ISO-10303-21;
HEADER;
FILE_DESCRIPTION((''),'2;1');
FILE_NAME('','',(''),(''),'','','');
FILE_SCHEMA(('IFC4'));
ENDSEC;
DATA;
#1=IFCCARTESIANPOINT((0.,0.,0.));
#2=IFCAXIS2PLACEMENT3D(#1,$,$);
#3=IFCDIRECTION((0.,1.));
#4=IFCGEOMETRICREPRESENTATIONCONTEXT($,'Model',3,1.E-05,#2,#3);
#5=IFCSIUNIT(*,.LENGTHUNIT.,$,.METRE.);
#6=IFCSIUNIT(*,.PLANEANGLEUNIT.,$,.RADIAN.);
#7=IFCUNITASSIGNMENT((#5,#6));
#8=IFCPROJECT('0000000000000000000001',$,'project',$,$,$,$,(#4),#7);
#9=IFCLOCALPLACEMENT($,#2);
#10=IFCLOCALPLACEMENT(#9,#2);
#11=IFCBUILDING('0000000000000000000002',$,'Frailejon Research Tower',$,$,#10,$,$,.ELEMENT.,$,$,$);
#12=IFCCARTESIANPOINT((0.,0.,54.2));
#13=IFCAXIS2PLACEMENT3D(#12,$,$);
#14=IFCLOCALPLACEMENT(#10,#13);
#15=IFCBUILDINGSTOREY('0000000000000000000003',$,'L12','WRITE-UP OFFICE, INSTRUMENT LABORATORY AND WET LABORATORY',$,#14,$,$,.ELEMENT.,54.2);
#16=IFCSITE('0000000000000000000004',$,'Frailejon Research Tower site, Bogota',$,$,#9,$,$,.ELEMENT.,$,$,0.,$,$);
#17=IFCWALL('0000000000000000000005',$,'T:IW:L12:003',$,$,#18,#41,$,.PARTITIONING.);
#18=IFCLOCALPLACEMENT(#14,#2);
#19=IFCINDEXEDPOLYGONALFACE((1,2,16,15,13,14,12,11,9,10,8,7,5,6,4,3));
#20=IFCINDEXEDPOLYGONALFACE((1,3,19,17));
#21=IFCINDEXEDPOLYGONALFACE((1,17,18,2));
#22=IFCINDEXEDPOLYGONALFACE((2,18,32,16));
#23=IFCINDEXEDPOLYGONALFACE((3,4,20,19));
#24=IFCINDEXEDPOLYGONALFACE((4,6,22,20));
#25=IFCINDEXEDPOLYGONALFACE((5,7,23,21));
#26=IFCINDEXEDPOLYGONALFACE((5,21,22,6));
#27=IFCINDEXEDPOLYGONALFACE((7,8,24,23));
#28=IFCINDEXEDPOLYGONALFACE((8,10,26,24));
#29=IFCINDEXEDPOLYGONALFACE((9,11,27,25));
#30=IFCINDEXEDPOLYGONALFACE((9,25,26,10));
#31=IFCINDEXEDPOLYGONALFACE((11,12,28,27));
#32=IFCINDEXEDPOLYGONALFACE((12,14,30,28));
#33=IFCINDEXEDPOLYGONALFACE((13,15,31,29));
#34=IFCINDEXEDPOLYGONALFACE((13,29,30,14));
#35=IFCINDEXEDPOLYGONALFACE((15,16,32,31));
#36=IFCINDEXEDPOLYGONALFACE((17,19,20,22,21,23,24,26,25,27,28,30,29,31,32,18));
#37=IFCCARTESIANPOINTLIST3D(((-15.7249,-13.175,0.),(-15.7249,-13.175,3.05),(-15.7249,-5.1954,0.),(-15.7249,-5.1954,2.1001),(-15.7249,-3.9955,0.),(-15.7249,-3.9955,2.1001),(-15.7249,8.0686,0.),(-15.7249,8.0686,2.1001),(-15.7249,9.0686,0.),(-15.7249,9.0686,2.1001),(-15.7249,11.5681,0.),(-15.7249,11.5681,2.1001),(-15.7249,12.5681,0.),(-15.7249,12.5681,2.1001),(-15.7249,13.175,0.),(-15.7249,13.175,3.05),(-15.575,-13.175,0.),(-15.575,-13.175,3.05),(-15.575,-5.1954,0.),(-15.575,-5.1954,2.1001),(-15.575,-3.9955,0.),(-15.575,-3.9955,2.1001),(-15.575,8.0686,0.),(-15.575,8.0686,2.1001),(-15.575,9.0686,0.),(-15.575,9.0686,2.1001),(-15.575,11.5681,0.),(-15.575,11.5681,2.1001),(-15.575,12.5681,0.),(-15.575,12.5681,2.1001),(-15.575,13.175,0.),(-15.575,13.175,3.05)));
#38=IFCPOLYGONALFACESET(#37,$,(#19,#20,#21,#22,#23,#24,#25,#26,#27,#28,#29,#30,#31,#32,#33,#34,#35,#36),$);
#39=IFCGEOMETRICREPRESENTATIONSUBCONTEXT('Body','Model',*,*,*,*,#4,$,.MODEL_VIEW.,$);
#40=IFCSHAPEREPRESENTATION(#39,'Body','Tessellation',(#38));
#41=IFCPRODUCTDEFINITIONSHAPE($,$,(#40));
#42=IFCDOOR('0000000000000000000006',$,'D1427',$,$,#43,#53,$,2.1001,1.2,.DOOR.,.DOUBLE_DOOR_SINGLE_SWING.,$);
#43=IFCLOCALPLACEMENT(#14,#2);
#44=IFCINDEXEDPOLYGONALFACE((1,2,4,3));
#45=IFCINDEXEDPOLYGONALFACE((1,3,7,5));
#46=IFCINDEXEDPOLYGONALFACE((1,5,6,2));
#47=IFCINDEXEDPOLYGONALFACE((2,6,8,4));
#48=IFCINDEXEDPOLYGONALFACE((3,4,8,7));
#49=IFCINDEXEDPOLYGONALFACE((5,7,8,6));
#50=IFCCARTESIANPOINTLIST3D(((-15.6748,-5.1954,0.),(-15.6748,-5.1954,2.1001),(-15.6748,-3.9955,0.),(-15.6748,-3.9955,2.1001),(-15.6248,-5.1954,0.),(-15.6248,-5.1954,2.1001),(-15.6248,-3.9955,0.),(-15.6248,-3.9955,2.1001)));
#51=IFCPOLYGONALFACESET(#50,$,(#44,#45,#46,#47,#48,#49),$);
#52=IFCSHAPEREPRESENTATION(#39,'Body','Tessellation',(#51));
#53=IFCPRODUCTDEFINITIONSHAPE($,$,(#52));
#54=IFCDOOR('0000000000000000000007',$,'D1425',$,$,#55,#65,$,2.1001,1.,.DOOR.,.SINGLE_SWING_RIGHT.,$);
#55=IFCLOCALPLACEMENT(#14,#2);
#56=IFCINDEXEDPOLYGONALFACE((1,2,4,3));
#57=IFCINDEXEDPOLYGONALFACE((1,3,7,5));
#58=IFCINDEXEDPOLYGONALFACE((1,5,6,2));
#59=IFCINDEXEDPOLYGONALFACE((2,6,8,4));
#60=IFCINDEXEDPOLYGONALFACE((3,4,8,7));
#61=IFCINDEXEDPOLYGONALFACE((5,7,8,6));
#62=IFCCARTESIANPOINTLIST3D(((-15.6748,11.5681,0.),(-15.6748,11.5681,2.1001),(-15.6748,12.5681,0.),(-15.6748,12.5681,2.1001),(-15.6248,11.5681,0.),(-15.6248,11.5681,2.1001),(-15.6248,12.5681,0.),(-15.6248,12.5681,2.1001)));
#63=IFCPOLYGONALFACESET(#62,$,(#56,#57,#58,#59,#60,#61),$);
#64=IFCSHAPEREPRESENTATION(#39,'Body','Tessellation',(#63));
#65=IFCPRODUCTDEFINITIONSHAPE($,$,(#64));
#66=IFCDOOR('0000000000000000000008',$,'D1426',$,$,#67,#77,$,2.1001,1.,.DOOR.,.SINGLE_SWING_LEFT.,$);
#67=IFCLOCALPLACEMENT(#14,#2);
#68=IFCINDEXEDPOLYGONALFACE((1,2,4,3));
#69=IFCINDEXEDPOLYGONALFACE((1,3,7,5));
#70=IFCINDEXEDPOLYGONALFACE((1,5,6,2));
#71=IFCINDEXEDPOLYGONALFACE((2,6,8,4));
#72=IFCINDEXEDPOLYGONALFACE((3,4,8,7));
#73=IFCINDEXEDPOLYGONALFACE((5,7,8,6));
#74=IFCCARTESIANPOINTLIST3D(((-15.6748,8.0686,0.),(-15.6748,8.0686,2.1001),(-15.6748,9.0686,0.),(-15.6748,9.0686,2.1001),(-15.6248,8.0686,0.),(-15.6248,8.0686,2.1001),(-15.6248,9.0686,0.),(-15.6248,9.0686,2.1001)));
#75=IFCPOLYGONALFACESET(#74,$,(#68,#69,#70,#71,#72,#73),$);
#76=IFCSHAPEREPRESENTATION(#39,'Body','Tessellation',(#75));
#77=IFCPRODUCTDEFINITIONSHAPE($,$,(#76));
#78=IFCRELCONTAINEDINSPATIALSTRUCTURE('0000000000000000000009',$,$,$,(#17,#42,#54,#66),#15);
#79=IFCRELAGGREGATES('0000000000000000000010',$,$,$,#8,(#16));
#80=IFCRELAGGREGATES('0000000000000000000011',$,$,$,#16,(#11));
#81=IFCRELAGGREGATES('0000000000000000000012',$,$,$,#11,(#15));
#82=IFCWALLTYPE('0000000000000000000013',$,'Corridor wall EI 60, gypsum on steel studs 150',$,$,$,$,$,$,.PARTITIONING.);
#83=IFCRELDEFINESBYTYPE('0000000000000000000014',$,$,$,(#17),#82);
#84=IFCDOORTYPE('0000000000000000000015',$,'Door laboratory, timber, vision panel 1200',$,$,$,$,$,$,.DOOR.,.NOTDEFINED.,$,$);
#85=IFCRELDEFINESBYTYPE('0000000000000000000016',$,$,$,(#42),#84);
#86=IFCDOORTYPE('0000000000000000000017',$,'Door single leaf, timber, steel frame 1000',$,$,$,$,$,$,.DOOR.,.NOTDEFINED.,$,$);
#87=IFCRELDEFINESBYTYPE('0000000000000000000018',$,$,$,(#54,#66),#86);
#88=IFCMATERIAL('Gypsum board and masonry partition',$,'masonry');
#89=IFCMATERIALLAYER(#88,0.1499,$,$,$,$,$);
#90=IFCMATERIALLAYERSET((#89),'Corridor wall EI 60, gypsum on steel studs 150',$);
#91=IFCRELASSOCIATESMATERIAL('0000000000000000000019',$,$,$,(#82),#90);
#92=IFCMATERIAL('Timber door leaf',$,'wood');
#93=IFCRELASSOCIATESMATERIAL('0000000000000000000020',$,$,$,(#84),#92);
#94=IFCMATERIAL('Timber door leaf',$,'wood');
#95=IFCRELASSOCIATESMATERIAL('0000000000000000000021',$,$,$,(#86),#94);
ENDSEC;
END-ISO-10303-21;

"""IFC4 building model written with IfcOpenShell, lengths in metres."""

from ifc_helpers import new_model, si_unit, direction, frame, frame_2d, origin, place, context, subcontext, project, spatial, rectangle, extrude, material, layer, layer_set, type_object, element, fill, save


model = new_model("IFC4")

# Units and contexts
model_context = context("Model", 3, precision=1e-05, world=origin(), true_north=direction((0.0, 1.0)))
body_context = subcontext(model_context, "Body", "Model", "MODEL_VIEW")
ifc_project = project(units=[si_unit("LENGTHUNIT", "METRE"), si_unit("PLANEANGLEUNIT", "RADIAN")], contexts=[model_context])

# Site, building, storey
site_placement = place(None, origin())
site = spatial("IfcSite", under=ifc_project, at=site_placement, Name="Frailejon Research Tower site, Bogota", CompositionType="ELEMENT", RefElevation=0.0)
building_placement = place(site_placement, origin())
building = spatial("IfcBuilding", under=site, at=building_placement, Name="Frailejon Research Tower", CompositionType="ELEMENT")
storey_placement = place(building_placement, frame((0.0, 0.0, 54.2)))
storey = spatial("IfcBuildingStorey", under=building, at=storey_placement, Name="L12", Description="WRITE-UP OFFICE, INSTRUMENT LABORATORY AND WET LABORATORY", CompositionType="ELEMENT", Elevation=54.2)

# Wall, openings, doors
ifc_material_1 = material(Name="Gypsum board and masonry partition", Category="masonry")
ifc_layer_1 = layer(ifc_material_1, 0.1499)
ifc_layer_set_1 = layer_set([ifc_layer_1], Name="Corridor wall EI 60, gypsum on steel studs 150")
wall_type_1 = type_object("IfcWallType", Name="Corridor wall EI 60, gypsum on steel studs 150", PredefinedType="PARTITIONING", material=ifc_layer_set_1)
wall_1_placement = place(storey_placement, frame((-15.6499, -13.175, 0.0), z_axis=(0.0, 0.0, 1.0), x_axis=(0.0, 1.0, 0.0)))
wall_1 = element("IfcWall", 1, at=wall_1_placement, inside=storey, type_object=wall_type_1, Name="T:IW:L12:003", PredefinedType="PARTITIONING", context=body_context, shape_type="SweptSolid", body=[
    extrude(rectangle(XDim=26.3501, YDim=0.1499, at=frame_2d((13.175, 0.0))), origin(), (0.0, 0.0, 1.0), 3.05),
])
opening_1_placement = place(wall_1_placement, frame((24.7432, 0.0, 0.0)))
opening_1 = element("IfcOpeningElement", 2, at=opening_1_placement, cuts=wall_1, PredefinedType="OPENING", context=body_context, shape_type="SweptSolid", body=[
    extrude(rectangle(XDim=1.0, YDim=2.1001, at=frame_2d((0.5, 1.05))), frame((0.0, 0.085, 0.0), z_axis=(0.0, -1.0, 0.0), x_axis=(1.0, 0.0, 0.0)), (0.0, 0.0, 1.0), 0.1699),
])
opening_2_placement = place(wall_1_placement, frame((21.2437, 0.0, 0.0)))
opening_2 = element("IfcOpeningElement", 3, at=opening_2_placement, cuts=wall_1, PredefinedType="OPENING", context=body_context, shape_type="SweptSolid", body=[
    extrude(rectangle(XDim=1.0, YDim=2.1001, at=frame_2d((0.5, 1.05))), frame((0.0, 0.085, 0.0), z_axis=(0.0, -1.0, 0.0), x_axis=(1.0, 0.0, 0.0)), (0.0, 0.0, 1.0), 0.1699),
])
opening_3_placement = place(wall_1_placement, frame((7.9795, 0.0, 0.0)))
opening_3 = element("IfcOpeningElement", 4, at=opening_3_placement, cuts=wall_1, PredefinedType="OPENING", context=body_context, shape_type="SweptSolid", body=[
    extrude(rectangle(XDim=1.2, YDim=2.1001, at=frame_2d((0.6001, 1.05))), frame((0.0, 0.085, 0.0), z_axis=(0.0, -1.0, 0.0), x_axis=(1.0, 0.0, 0.0)), (0.0, 0.0, 1.0), 0.1699),
])
ifc_material_2 = material(Name="Timber door leaf", Category="wood")
door_type_1 = type_object("IfcDoorType", Name="Door laboratory, timber, vision panel 1200", OperationType="NOTDEFINED", PredefinedType="DOOR", material=ifc_material_2)
door_1_placement = place(opening_3_placement, origin())
door_1 = element("IfcDoor", 5, at=door_1_placement, inside=storey, type_object=door_type_1, Name="D1427", OperationType="DOUBLE_DOOR_SINGLE_SWING", OverallHeight=2.1001, OverallWidth=1.2, PredefinedType="DOOR", context=body_context, shape_type="SweptSolid", body=[
    extrude(rectangle(XDim=1.2, YDim=2.1001, at=frame_2d((0.6001, 1.05))), frame((0.0, 0.0249, 0.0), z_axis=(0.0, -1.0, 0.0), x_axis=(1.0, 0.0, 0.0)), (0.0, 0.0, 1.0), 0.05),
])
fill(opening_3, door_1)
ifc_material_3 = material(Name="Timber door leaf", Category="wood")
door_type_2 = type_object("IfcDoorType", Name="Door single leaf, timber, steel frame 1000", OperationType="NOTDEFINED", PredefinedType="DOOR", material=ifc_material_3)
door_2_placement = place(opening_1_placement, origin())
door_2 = element("IfcDoor", 6, at=door_2_placement, inside=storey, type_object=door_type_2, Name="D1425", OperationType="SINGLE_SWING_RIGHT", OverallHeight=2.1001, OverallWidth=1.0, PredefinedType="DOOR", context=body_context, shape_type="SweptSolid", body=[
    extrude(rectangle(XDim=1.0, YDim=2.1001, at=frame_2d((0.5, 1.05))), frame((0.0, 0.0249, 0.0), z_axis=(0.0, -1.0, 0.0), x_axis=(1.0, 0.0, 0.0)), (0.0, 0.0, 1.0), 0.05),
])
fill(opening_1, door_2)
door_3_placement = place(opening_2_placement, origin())
door_3 = element("IfcDoor", 7, at=door_3_placement, inside=storey, type_object=door_type_2, Name="D1426", OperationType="SINGLE_SWING_LEFT", OverallHeight=2.1001, OverallWidth=1.0, PredefinedType="DOOR", context=body_context, shape_type="SweptSolid", body=[
    extrude(rectangle(XDim=1.0, YDim=2.1001, at=frame_2d((0.5, 1.05))), frame((0.0, 0.0249, 0.0), z_axis=(0.0, -1.0, 0.0), x_axis=(1.0, 0.0, 0.0)), (0.0, 0.0, 1.0), 0.05),
])
fill(opening_2, door_3)

save(model, "model.ifc")
